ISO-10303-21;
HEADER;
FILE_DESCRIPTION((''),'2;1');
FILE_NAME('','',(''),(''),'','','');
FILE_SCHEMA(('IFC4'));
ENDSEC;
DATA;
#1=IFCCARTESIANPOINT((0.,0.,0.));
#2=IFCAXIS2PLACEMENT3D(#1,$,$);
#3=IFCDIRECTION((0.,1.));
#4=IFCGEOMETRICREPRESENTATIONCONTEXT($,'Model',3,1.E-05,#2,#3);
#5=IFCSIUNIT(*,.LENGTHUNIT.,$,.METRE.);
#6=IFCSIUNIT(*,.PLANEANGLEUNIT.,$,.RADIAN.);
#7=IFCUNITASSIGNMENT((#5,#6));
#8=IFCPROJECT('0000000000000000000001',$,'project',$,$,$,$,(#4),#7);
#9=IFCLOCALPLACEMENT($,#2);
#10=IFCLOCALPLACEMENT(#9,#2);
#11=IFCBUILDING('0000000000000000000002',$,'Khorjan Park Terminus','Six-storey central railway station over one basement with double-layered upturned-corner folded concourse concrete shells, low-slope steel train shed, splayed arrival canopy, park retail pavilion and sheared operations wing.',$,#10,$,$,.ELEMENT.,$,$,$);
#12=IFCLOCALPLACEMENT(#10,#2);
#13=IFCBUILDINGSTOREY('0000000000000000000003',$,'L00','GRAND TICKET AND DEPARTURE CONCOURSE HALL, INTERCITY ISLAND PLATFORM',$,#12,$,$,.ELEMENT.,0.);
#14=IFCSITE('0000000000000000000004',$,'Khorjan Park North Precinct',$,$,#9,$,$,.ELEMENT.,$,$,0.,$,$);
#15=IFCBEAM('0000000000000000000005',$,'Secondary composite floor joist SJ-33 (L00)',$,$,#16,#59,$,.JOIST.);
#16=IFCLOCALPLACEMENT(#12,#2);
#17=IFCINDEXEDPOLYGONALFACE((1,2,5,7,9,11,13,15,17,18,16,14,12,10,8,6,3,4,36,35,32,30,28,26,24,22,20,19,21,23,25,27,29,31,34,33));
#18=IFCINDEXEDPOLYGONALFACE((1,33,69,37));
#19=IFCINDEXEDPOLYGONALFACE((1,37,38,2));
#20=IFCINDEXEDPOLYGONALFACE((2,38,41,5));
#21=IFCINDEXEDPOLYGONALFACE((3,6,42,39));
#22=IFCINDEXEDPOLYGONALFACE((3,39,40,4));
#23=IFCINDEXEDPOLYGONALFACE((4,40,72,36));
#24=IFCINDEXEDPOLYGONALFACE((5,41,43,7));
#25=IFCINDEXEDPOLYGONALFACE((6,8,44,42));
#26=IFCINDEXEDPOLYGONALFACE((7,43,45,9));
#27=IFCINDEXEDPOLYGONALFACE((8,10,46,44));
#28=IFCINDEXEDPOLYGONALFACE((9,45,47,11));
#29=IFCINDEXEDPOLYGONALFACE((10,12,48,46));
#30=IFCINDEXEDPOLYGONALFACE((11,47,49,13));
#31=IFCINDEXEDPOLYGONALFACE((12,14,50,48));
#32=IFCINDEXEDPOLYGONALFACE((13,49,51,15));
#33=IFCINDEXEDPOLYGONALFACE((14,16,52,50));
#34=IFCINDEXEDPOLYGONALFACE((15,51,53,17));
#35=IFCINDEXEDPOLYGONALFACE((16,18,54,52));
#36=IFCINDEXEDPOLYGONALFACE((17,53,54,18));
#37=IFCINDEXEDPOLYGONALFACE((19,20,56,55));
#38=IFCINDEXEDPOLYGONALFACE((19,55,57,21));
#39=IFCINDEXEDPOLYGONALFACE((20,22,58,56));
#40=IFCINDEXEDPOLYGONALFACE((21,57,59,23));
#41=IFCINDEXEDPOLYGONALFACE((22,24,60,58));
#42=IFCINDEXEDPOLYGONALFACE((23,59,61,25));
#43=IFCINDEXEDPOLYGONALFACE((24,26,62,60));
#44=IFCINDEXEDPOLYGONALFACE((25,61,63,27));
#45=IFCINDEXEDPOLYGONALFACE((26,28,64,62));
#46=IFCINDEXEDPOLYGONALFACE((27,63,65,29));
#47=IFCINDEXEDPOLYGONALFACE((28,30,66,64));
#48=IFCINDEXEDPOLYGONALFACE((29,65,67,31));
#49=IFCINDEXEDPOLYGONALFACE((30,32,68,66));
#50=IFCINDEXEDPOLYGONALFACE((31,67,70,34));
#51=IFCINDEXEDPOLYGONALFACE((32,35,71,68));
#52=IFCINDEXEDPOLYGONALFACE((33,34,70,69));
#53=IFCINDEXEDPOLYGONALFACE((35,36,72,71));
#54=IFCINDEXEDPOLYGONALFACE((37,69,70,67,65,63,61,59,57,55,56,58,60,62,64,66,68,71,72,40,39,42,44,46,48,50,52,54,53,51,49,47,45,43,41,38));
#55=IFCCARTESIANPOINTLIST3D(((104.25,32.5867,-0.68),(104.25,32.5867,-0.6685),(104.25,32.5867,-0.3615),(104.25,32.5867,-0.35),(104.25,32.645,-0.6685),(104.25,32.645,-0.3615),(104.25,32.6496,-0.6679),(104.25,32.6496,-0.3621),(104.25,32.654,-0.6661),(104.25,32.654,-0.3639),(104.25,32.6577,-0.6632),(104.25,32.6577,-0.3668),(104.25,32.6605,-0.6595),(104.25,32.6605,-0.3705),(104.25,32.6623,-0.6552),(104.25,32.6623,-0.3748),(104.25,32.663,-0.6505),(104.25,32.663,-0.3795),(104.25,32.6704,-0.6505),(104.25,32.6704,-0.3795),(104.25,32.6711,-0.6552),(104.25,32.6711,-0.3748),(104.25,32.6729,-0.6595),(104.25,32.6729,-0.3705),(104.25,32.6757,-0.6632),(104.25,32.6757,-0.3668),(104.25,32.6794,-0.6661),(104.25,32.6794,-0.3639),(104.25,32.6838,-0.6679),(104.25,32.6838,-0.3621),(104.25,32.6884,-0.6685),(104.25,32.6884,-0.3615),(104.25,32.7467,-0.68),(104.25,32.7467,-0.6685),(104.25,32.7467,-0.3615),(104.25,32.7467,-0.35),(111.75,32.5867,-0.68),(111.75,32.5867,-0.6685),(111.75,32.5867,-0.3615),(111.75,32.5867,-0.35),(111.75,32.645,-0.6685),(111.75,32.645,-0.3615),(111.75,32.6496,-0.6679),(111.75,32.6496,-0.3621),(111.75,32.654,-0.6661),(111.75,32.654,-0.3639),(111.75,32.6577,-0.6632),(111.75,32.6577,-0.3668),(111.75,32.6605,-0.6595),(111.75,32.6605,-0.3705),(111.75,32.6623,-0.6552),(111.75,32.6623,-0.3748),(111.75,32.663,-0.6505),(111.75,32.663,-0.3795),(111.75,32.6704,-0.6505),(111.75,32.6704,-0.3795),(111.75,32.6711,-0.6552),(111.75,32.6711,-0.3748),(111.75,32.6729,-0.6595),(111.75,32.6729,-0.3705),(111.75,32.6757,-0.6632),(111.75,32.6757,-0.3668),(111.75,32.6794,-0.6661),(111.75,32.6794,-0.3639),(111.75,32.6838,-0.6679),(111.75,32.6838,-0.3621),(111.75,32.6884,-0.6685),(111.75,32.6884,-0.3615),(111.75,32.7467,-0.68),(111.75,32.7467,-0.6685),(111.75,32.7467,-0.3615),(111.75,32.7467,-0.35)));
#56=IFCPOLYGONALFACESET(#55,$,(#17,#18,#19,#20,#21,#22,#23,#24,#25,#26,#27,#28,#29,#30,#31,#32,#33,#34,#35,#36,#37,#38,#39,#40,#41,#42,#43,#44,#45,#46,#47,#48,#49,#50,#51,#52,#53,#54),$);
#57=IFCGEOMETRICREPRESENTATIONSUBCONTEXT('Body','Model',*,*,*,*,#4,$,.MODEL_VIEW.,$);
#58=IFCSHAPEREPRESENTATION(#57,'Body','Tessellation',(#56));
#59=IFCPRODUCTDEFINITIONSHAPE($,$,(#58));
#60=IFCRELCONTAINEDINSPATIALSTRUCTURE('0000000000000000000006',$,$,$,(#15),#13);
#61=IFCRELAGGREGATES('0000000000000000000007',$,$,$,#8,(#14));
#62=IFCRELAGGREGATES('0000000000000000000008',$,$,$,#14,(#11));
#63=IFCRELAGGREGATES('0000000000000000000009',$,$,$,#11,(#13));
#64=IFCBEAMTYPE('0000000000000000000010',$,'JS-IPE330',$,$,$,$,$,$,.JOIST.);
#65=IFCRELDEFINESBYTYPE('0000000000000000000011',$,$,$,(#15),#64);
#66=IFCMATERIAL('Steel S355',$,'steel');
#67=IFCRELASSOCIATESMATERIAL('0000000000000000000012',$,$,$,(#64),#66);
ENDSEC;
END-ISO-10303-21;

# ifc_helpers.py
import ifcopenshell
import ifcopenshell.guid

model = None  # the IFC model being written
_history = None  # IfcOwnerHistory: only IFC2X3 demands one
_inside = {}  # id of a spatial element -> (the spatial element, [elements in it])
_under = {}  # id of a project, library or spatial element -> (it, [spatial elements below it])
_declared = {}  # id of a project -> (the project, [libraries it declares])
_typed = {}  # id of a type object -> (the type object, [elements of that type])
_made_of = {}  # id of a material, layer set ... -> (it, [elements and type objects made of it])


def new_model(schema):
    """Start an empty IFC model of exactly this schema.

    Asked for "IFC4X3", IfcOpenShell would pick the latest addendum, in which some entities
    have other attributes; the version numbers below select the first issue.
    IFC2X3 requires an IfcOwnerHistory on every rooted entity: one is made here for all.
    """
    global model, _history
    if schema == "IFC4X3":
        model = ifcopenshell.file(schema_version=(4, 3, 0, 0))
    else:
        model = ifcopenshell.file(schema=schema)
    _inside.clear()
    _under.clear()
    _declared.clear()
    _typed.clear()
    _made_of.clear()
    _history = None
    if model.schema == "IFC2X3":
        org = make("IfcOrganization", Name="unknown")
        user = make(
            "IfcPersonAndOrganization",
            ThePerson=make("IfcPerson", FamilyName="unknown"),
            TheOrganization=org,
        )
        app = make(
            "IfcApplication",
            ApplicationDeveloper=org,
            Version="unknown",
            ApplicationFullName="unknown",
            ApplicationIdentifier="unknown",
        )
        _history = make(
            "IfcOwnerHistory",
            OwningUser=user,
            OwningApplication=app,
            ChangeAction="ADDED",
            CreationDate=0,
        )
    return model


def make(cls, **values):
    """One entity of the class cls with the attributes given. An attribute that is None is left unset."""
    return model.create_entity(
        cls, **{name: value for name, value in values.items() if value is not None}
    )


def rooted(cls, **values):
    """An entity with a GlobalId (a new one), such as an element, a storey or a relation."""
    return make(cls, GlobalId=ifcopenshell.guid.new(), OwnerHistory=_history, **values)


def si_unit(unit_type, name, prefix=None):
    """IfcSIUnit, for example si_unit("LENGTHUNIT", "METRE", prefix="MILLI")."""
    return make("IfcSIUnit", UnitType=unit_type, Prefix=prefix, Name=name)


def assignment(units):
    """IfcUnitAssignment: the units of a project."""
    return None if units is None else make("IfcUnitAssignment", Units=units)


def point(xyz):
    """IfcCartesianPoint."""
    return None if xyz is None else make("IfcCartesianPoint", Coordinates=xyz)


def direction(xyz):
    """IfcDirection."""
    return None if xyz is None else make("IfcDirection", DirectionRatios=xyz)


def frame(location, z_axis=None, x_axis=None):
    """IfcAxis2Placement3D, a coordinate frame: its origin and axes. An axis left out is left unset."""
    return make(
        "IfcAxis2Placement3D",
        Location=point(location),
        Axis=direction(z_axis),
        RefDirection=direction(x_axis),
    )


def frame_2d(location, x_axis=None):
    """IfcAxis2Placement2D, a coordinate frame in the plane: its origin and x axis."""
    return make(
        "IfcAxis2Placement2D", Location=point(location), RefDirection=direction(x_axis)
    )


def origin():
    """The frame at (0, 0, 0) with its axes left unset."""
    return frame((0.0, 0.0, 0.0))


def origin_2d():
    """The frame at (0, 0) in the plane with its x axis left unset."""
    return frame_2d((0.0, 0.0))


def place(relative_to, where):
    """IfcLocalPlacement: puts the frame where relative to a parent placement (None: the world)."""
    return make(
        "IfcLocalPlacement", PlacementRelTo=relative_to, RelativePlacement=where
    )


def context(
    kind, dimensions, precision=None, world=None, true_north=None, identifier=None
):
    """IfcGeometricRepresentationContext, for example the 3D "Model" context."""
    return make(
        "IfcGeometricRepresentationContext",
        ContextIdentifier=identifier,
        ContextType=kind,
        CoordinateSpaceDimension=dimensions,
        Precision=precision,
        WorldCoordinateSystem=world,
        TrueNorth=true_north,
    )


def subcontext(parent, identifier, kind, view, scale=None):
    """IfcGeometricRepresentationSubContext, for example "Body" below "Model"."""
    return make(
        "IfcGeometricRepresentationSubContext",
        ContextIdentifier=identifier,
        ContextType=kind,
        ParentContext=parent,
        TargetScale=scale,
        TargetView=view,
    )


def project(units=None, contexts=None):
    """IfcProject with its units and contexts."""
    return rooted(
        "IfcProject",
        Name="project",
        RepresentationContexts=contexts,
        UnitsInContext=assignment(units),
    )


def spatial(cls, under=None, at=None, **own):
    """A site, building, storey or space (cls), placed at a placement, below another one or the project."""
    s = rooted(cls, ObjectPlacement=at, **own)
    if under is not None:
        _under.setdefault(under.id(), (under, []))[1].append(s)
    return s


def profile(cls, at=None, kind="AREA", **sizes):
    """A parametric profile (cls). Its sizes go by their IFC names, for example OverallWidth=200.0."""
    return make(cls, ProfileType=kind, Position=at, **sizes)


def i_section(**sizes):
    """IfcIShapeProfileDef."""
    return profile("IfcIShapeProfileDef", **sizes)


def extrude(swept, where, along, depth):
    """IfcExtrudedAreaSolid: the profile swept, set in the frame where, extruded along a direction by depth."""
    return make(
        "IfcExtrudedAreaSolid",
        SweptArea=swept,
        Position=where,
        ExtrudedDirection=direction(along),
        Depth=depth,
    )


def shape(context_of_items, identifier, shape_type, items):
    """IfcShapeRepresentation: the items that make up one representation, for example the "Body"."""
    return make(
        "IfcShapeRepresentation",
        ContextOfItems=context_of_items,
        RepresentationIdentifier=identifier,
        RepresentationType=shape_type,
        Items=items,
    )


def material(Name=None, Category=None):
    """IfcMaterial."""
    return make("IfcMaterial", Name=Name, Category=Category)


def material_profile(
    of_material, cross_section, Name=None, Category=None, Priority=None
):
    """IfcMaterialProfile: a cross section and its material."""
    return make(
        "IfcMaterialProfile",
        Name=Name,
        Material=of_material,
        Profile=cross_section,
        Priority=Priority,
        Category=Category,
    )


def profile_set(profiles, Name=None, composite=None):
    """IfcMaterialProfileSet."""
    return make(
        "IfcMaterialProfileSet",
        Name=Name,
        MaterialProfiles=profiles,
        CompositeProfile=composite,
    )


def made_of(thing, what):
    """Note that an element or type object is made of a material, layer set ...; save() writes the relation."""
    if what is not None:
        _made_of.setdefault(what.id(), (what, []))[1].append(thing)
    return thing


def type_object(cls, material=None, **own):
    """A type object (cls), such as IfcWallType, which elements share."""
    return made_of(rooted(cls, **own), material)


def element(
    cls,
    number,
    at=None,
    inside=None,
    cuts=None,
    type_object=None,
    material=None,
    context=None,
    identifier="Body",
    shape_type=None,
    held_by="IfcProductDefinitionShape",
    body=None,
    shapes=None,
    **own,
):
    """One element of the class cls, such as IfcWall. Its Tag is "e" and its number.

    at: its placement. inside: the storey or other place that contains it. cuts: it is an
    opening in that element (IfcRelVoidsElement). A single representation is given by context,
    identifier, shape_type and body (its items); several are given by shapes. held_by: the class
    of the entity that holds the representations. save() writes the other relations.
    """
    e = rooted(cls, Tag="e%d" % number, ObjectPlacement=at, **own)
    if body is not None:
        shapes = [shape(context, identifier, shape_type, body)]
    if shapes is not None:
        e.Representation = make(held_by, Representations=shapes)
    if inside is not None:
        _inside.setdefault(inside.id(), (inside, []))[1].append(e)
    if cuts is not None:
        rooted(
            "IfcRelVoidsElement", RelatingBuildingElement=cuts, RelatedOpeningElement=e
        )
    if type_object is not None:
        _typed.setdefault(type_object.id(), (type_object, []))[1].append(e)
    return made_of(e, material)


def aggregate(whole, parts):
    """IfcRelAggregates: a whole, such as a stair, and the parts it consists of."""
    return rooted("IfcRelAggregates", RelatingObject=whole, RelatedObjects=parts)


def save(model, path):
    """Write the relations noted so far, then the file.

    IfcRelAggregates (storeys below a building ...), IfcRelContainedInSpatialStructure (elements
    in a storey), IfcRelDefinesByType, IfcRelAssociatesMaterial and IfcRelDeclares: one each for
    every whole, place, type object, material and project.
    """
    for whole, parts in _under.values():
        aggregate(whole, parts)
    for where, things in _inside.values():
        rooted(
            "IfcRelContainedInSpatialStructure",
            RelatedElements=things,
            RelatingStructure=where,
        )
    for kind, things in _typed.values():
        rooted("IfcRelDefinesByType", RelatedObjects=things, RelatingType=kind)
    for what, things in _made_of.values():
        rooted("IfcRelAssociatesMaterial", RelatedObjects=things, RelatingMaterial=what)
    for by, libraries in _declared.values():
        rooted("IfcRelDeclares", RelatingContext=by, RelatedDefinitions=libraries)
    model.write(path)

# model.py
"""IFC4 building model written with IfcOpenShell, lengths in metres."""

from ifc_helpers import new_model, si_unit, direction, frame, origin, origin_2d, place, context, subcontext, project, spatial, i_section, extrude, material, material_profile, profile_set, type_object, element, save


model = new_model("IFC4")

# Units and contexts
model_context = context("Model", 3, precision=1e-05, world=origin(), true_north=direction((0.0, 1.0)))
body_context = subcontext(model_context, "Body", "Model", "MODEL_VIEW")
ifc_project = project(units=[si_unit("LENGTHUNIT", "METRE"), si_unit("PLANEANGLEUNIT", "RADIAN")], contexts=[model_context])

# Site, building, storey
site_placement = place(None, origin())
site = spatial("IfcSite", under=ifc_project, at=site_placement, Name="Khorjan Park North Precinct", CompositionType="ELEMENT", RefElevation=0.0)
building_placement = place(site_placement, origin())
building = spatial("IfcBuilding", under=site, at=building_placement, Name="Khorjan Park Terminus", Description="Six-storey central railway station over one basement with double-layered upturned-corner folded concourse concrete shells, low-slope steel train shed, splayed arrival canopy, park retail pavilion and sheared operations wing.", CompositionType="ELEMENT")
storey_placement = place(building_placement, origin())
storey = spatial("IfcBuildingStorey", under=building, at=storey_placement, Name="L00", Description="GRAND TICKET AND DEPARTURE CONCOURSE HALL, INTERCITY ISLAND PLATFORM", CompositionType="ELEMENT", Elevation=0.0)

# Beam
ifc_material_1 = material(Name="Steel S355", Category="steel")
ifc_material_profile_1 = material_profile(ifc_material_1, i_section(OverallWidth=0.16, OverallDepth=0.33, WebThickness=0.0075, FlangeThickness=0.0115, FilletRadius=0.018, at=origin_2d()), Name="IPE 330")
ifc_profile_set_1 = profile_set([ifc_material_profile_1], Name="Steel S355")
beam_type_1 = type_object("IfcBeamType", Name="JS-IPE330", PredefinedType="JOIST", material=ifc_profile_set_1)
beam_1_placement = place(storey_placement, frame((104.25, 32.6667, -0.515), z_axis=(1.0, 0.0, 0.0), x_axis=(0.0, 1.0, 0.0)))
element("IfcBeam", 1, at=beam_1_placement, inside=storey, type_object=beam_type_1, Name="Secondary composite floor joist SJ-33 (L00)", PredefinedType="JOIST", context=body_context, shape_type="SweptSolid", body=[
    extrude(i_section(OverallWidth=0.16, OverallDepth=0.33, WebThickness=0.0075, FlangeThickness=0.0115, FilletRadius=0.018, at=origin_2d()), origin(), (0.0, 0.0, 1.0), 7.5),
])

save(model, "model.ifc")
